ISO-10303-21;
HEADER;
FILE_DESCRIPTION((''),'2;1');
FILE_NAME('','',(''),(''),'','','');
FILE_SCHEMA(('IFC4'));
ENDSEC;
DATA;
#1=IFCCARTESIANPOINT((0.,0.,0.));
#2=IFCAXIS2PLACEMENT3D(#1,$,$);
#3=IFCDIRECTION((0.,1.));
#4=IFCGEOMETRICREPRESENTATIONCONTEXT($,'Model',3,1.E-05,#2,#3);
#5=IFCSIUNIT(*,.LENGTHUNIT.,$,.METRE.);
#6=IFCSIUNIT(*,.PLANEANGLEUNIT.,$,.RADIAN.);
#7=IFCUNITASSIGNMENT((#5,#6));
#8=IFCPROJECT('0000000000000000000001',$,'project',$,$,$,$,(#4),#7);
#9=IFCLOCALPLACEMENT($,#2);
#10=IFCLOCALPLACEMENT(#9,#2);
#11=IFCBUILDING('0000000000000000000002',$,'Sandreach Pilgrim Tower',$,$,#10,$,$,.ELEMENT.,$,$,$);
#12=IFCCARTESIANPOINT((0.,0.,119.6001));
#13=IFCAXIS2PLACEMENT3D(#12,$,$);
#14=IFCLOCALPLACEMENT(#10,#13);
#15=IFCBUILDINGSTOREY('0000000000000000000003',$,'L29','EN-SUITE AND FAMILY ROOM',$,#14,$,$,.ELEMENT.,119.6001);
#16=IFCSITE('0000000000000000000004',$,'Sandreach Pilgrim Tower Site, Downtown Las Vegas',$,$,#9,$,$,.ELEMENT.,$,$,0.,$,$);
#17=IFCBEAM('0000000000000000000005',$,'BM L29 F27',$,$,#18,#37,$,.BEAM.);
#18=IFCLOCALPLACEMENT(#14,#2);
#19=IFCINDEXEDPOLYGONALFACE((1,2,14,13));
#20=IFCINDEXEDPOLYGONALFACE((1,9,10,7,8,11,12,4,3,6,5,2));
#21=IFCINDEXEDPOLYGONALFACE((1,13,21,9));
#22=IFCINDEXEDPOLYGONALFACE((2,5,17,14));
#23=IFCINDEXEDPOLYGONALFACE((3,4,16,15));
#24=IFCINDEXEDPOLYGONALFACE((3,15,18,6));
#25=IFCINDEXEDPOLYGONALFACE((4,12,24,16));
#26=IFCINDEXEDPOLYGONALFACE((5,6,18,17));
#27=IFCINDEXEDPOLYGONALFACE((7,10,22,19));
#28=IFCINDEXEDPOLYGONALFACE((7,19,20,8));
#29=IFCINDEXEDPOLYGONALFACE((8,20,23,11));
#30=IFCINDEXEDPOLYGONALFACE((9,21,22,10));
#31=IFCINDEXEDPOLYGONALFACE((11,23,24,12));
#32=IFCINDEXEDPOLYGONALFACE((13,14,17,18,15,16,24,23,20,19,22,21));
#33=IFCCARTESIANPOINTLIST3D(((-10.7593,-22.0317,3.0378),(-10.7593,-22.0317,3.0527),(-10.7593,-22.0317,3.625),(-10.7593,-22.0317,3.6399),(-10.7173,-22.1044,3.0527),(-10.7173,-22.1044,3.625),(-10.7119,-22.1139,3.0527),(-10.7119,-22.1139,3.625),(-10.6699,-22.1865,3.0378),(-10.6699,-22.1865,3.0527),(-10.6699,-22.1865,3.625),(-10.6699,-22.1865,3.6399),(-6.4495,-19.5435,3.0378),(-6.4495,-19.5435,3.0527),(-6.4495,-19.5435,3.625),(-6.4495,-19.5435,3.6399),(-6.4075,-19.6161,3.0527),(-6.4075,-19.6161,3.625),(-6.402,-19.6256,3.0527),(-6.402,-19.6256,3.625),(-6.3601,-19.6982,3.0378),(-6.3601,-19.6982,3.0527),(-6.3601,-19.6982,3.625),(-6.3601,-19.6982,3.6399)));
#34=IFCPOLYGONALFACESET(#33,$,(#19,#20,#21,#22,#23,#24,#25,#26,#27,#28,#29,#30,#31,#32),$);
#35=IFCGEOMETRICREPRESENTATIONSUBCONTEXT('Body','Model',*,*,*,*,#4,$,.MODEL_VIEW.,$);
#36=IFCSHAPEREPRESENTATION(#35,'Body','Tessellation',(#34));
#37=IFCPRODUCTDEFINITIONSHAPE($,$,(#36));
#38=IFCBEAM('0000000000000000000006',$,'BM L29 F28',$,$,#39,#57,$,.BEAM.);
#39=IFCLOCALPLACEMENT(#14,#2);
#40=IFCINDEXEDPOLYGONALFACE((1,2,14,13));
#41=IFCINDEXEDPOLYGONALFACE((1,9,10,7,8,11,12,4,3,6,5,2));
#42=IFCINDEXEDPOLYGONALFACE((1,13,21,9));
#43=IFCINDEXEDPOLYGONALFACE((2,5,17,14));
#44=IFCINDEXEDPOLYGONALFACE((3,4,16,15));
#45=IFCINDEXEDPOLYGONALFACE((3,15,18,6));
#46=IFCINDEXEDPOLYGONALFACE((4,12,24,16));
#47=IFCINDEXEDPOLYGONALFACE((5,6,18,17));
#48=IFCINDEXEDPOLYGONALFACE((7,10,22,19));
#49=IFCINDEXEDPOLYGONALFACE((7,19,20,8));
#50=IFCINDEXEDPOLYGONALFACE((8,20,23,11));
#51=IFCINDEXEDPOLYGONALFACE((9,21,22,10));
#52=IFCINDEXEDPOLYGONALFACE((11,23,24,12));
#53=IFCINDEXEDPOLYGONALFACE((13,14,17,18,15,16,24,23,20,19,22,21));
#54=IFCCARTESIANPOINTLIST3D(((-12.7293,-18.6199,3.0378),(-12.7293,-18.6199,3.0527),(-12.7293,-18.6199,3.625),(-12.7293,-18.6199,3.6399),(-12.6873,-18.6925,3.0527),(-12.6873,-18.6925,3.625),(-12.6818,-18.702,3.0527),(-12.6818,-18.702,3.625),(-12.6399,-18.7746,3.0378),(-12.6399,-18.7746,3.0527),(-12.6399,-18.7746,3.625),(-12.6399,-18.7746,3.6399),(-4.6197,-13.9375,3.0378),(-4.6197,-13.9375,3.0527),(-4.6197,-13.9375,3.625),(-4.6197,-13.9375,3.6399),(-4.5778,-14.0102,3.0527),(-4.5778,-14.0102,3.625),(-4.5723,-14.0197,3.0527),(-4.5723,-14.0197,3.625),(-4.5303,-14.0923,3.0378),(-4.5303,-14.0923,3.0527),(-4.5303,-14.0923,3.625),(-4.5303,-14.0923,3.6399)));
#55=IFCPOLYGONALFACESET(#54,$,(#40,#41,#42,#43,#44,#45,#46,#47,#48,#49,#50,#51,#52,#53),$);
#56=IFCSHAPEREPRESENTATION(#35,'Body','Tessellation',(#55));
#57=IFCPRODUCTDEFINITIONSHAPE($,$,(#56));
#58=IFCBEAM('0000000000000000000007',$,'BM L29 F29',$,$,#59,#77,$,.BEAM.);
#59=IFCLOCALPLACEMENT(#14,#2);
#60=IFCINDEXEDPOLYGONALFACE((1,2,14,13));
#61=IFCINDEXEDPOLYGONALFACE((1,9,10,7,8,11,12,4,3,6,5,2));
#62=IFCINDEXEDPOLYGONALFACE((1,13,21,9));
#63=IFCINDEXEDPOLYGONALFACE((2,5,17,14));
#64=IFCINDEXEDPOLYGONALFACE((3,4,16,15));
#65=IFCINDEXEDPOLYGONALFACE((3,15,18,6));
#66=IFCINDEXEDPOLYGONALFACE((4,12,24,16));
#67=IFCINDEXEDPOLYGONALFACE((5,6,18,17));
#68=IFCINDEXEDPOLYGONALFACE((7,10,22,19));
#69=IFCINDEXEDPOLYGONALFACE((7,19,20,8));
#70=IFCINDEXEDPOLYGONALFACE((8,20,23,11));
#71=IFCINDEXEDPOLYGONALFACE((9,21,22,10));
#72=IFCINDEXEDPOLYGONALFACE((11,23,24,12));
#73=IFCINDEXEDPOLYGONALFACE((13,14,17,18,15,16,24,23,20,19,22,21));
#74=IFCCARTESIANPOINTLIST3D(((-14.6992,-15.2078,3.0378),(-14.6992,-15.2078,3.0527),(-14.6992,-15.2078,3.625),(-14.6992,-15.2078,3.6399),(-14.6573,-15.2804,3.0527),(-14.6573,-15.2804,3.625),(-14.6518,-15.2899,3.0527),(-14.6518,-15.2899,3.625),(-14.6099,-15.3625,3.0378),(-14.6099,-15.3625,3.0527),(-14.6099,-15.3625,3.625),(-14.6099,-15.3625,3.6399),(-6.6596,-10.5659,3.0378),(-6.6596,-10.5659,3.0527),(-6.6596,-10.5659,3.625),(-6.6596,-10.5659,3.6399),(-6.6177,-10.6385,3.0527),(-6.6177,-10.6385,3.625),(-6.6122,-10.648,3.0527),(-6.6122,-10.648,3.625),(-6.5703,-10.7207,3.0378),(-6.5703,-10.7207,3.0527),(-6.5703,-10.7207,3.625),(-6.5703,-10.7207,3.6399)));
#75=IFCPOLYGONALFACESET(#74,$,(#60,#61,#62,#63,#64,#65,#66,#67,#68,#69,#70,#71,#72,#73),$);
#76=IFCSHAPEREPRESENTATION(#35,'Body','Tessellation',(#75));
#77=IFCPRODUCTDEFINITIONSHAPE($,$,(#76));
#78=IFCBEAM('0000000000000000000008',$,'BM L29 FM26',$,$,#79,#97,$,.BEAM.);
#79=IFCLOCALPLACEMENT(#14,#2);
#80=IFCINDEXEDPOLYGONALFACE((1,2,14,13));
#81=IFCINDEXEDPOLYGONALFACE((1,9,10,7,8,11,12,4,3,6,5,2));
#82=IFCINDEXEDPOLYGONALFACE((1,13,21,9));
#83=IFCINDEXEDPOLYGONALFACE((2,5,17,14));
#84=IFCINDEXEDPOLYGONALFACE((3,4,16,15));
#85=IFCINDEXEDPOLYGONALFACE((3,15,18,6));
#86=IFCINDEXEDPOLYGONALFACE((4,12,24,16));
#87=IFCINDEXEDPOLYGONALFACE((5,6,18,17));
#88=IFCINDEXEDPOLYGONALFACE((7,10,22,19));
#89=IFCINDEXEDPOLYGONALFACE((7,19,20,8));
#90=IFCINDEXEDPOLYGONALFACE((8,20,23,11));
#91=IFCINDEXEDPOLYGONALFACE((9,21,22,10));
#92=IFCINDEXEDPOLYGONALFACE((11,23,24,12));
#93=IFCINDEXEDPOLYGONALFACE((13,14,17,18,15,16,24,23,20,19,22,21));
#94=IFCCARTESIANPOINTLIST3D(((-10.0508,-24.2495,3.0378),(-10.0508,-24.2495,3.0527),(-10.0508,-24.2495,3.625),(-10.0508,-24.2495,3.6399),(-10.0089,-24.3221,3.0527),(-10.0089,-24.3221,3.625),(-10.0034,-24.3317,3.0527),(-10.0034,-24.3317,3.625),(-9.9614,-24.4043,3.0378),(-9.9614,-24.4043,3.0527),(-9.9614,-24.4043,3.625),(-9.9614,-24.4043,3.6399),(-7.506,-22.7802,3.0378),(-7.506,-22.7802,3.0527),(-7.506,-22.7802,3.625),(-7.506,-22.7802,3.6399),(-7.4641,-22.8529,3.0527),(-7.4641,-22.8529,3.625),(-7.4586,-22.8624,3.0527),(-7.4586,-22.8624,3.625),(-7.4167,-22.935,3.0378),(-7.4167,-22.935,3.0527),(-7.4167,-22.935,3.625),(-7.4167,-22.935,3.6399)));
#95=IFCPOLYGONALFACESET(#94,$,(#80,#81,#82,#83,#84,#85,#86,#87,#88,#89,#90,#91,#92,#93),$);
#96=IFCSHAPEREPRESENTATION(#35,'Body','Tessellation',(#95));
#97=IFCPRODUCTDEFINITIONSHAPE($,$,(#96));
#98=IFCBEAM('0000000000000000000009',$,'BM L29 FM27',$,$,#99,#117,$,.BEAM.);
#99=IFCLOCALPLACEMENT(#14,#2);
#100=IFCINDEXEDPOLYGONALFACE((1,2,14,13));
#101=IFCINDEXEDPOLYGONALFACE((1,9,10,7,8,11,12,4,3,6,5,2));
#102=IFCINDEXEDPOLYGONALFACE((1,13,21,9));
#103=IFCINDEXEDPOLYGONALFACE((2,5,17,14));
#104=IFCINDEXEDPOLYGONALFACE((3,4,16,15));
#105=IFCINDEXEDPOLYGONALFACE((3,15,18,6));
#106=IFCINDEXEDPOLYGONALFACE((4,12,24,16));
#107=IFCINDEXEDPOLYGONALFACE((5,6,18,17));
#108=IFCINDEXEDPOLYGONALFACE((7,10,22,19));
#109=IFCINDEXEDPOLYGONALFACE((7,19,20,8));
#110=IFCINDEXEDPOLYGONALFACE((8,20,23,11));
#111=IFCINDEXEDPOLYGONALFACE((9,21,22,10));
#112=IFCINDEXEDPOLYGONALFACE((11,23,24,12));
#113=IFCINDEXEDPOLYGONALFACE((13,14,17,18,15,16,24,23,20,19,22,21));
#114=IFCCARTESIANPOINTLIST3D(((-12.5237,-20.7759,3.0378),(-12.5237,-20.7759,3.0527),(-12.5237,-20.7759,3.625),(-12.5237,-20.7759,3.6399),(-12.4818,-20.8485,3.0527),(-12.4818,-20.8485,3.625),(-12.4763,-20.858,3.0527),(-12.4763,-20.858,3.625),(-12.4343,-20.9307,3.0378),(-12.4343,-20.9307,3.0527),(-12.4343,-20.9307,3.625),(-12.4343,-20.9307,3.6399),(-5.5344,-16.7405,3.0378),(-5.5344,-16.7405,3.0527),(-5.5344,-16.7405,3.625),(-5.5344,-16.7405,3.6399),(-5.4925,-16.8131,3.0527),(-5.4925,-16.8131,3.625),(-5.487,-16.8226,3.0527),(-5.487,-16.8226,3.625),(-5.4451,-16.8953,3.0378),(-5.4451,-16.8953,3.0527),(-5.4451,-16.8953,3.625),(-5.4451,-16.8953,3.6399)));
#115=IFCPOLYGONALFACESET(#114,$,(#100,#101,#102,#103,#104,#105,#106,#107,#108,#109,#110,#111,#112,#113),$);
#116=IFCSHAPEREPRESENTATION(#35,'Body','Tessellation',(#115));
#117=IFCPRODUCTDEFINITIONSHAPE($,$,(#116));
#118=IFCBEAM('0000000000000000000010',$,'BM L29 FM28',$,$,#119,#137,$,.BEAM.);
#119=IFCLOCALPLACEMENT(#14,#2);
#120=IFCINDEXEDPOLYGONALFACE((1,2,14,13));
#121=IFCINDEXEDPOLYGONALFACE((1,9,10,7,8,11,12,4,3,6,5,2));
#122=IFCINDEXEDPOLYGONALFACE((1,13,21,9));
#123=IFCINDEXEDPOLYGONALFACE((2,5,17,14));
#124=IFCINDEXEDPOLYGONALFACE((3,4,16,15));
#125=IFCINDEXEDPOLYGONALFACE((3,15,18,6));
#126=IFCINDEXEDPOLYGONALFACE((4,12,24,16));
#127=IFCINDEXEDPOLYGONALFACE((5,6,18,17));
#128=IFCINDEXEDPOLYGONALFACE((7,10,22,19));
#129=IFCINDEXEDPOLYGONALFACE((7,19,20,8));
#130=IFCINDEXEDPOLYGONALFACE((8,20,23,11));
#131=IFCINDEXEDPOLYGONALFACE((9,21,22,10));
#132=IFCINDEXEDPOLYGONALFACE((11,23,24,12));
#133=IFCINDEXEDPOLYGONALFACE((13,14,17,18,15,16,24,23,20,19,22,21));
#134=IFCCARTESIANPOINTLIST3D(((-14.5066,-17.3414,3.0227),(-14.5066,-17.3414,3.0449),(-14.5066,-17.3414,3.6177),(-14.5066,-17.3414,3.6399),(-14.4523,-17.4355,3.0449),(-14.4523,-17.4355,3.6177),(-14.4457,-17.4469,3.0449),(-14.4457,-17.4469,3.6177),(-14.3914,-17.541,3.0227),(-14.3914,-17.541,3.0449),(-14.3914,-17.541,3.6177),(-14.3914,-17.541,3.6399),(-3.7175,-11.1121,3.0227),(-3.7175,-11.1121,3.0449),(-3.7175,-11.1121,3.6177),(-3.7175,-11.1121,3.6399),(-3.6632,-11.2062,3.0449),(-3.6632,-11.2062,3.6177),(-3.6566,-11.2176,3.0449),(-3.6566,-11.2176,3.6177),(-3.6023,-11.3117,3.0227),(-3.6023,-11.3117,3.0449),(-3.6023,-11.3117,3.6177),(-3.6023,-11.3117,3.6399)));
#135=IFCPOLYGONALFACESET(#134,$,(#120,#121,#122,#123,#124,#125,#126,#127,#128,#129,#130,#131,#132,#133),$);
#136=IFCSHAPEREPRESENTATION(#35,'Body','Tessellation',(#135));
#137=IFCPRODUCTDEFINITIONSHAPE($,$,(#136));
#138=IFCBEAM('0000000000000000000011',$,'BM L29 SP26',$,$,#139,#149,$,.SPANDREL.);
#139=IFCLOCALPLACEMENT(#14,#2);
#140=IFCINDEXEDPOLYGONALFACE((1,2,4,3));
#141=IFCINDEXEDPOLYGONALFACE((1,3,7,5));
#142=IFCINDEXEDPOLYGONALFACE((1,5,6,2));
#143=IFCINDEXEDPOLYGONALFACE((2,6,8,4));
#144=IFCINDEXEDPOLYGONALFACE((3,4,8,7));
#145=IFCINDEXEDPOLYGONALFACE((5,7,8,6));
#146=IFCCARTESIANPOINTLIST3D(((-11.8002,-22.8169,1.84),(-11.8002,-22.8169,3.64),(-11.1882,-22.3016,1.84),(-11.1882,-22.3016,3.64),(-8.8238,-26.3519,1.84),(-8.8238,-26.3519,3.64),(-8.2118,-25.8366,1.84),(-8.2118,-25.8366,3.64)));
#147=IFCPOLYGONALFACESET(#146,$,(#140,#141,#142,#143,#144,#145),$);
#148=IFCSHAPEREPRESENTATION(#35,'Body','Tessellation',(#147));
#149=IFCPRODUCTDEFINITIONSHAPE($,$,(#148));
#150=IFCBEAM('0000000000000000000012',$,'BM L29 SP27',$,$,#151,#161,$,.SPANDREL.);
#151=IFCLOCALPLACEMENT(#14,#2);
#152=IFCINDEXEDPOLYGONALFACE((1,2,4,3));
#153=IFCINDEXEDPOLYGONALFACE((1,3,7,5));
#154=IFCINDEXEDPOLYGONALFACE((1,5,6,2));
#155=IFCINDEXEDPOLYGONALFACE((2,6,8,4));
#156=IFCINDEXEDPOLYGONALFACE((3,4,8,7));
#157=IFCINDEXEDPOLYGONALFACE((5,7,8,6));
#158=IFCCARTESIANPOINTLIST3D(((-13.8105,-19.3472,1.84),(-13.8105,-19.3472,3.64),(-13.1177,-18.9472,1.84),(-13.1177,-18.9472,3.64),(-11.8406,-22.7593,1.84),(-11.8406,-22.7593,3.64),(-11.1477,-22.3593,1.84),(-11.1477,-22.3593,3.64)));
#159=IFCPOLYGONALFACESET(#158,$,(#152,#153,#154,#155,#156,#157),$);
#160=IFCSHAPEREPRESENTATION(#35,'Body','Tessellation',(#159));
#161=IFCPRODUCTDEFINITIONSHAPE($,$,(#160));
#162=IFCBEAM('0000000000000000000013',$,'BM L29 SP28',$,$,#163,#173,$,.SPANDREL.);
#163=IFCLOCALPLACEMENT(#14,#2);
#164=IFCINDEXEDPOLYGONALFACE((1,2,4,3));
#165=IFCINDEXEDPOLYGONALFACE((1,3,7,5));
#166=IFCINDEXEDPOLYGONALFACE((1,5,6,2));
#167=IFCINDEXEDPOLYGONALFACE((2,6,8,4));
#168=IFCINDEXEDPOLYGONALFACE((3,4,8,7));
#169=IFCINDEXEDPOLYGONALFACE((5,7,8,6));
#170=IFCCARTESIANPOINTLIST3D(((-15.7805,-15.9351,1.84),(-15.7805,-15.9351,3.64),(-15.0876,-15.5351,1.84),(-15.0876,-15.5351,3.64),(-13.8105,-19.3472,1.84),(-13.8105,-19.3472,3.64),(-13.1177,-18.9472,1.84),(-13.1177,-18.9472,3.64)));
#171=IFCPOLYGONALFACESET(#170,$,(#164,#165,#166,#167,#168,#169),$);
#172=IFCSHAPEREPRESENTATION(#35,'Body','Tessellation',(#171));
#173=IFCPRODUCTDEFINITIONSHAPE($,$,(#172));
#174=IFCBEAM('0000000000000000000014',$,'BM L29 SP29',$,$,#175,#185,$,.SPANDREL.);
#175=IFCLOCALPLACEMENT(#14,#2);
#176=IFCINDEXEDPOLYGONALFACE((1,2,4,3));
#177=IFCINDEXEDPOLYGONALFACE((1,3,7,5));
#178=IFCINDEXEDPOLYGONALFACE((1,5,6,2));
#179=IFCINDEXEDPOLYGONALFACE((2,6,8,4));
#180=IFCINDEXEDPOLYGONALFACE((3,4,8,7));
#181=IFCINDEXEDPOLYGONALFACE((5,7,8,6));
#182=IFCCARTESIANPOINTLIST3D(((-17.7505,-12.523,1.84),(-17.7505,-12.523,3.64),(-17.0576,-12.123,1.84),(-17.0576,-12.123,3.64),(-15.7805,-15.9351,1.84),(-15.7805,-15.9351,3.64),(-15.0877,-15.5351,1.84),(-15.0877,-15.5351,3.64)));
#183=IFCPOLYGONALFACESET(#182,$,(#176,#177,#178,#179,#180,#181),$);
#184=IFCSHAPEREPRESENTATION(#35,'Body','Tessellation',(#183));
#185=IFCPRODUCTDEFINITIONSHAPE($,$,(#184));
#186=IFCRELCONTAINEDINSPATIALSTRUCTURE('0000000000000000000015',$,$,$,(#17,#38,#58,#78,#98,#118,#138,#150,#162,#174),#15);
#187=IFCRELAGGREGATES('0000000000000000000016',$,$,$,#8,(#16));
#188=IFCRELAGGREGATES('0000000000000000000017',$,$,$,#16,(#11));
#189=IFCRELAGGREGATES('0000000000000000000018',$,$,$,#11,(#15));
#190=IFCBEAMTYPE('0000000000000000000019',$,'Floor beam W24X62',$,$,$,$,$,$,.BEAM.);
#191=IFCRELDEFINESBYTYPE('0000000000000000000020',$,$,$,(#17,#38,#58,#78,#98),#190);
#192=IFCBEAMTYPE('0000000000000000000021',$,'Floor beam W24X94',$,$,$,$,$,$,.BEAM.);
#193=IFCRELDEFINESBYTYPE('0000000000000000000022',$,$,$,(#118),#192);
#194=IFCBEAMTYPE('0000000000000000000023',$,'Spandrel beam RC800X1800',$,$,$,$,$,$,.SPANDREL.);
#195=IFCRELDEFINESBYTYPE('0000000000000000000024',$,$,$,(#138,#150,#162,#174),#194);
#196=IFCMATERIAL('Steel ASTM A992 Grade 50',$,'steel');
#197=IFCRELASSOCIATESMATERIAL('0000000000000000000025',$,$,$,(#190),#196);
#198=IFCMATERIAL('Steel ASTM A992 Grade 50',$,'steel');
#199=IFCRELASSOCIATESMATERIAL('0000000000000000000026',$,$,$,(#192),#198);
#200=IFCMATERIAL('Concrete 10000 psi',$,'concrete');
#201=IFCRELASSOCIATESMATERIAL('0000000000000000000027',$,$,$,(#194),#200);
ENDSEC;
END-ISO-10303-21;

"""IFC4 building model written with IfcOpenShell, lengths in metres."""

from ifc_helpers import new_model, si_unit, direction, frame, origin, origin_2d, place, context, subcontext, project, spatial, rectangle, i_section, extrude, material, material_profile, profile_set, type_object, element, save


model = new_model("IFC4")

# Units and contexts
model_context = context("Model", 3, precision=1e-05, world=origin(), true_north=direction((0.0, 1.0)))
body_context = subcontext(model_context, "Body", "Model", "MODEL_VIEW")
ifc_project = project(units=[si_unit("LENGTHUNIT", "METRE"), si_unit("PLANEANGLEUNIT", "RADIAN")], contexts=[model_context])

# Site, building, storey
site_placement = place(None, origin())
site = spatial("IfcSite", under=ifc_project, at=site_placement, Name="Sandreach Pilgrim Tower Site, Downtown Las Vegas", CompositionType="ELEMENT", RefElevation=0.0)
building_placement = place(site_placement, origin())
building = spatial("IfcBuilding", under=site, at=building_placement, Name="Sandreach Pilgrim Tower", CompositionType="ELEMENT")
storey_placement = place(building_placement, frame((0.0, 0.0, 119.6001)))
storey = spatial("IfcBuildingStorey", under=building, at=storey_placement, Name="L29", Description="EN-SUITE AND FAMILY ROOM", CompositionType="ELEMENT", Elevation=119.6001)

# Beams
ifc_material_1 = material(Name="Steel ASTM A992 Grade 50", Category="steel")
ifc_material_profile_1 = material_profile(ifc_material_1, i_section(OverallWidth=0.1787, OverallDepth=0.6021, WebThickness=0.011, FlangeThickness=0.0149, at=origin_2d()), Name="W24X62")
ifc_profile_set_1 = profile_set([ifc_material_profile_1], Name="Steel ASTM A992 Grade 50")
beam_type_1 = type_object("IfcBeamType", Name="Floor beam W24X62", PredefinedType="BEAM", material=ifc_profile_set_1)
beam_1_placement = place(storey_placement, frame((-10.7146, -22.1091, 3.3389), z_axis=(0.866025, 0.500001, 0.0), x_axis=(-0.500001, 0.866025, 0.0)))
element("IfcBeam", 1, at=beam_1_placement, inside=storey, type_object=beam_type_1, Name="BM L29 F27", PredefinedType="BEAM", context=body_context, shape_type="SweptSolid", body=[
    extrude(i_section(OverallWidth=0.1787, OverallDepth=0.6021, WebThickness=0.011, FlangeThickness=0.0149, at=origin_2d()), origin(), (0.0, 0.0, 1.0), 4.9766),
])
beam_2_placement = place(storey_placement, frame((-12.6846, -18.6973, 3.3389), z_axis=(0.866012, 0.500023, 0.0), x_axis=(-0.500023, 0.866012, 0.0)))
element("IfcBeam", 2, at=beam_2_placement, inside=storey, type_object=beam_type_1, Name="BM L29 F28", PredefinedType="BEAM", context=body_context, shape_type="SweptSolid", body=[
    extrude(i_section(OverallWidth=0.1787, OverallDepth=0.6021, WebThickness=0.011, FlangeThickness=0.0149, at=origin_2d()), origin(), (0.0, 0.0, 1.0), 9.3643),
])
beam_3_placement = place(storey_placement, frame((-14.6545, -15.2852, 3.3389), z_axis=(0.866016, 0.500017, 0.0), x_axis=(-0.500017, 0.866016, 0.0)))
element("IfcBeam", 3, at=beam_3_placement, inside=storey, type_object=beam_type_1, Name="BM L29 F29", PredefinedType="BEAM", context=body_context, shape_type="SweptSolid", body=[
    extrude(i_section(OverallWidth=0.1787, OverallDepth=0.6021, WebThickness=0.011, FlangeThickness=0.0149, at=origin_2d()), origin(), (0.0, 0.0, 1.0), 9.2834),
])
beam_4_placement = place(storey_placement, frame((-10.0061, -24.3269, 3.3389), z_axis=(0.866015, 0.500017, 0.0), x_axis=(-0.500017, 0.866015, 0.0)))
element("IfcBeam", 4, at=beam_4_placement, inside=storey, type_object=beam_type_1, Name="BM L29 FM26", PredefinedType="BEAM", context=body_context, shape_type="SweptSolid", body=[
    extrude(i_section(OverallWidth=0.1787, OverallDepth=0.6021, WebThickness=0.011, FlangeThickness=0.0149, at=origin_2d()), origin(), (0.0, 0.0, 1.0), 2.9385),
])
beam_5_placement = place(storey_placement, frame((-12.479, -20.8533, 3.3389), z_axis=(0.866017, 0.500014, 0.0), x_axis=(-0.500014, 0.866017, 0.0)))
element("IfcBeam", 5, at=beam_5_placement, inside=storey, type_object=beam_type_1, Name="BM L29 FM27", PredefinedType="BEAM", context=body_context, shape_type="SweptSolid", body=[
    extrude(i_section(OverallWidth=0.1787, OverallDepth=0.6021, WebThickness=0.011, FlangeThickness=0.0149, at=origin_2d()), origin(), (0.0, 0.0, 1.0), 8.0706),
])
ifc_material_2 = material(Name="Steel ASTM A992 Grade 50", Category="steel")
ifc_material_profile_2 = material_profile(ifc_material_2, i_section(OverallWidth=0.2305, OverallDepth=0.6172, WebThickness=0.0132, FlangeThickness=0.0222, at=origin_2d()), Name="W24X94")
ifc_profile_set_2 = profile_set([ifc_material_profile_2], Name="Steel ASTM A992 Grade 50")
beam_type_2 = type_object("IfcBeamType", Name="Floor beam W24X94", PredefinedType="BEAM", material=ifc_profile_set_2)
beam_6_placement = place(storey_placement, frame((-14.449, -17.4412, 3.3313), z_axis=(0.866019, 0.500011, 0.0), x_axis=(-0.500011, 0.866019, 0.0)))
element("IfcBeam", 6, at=beam_6_placement, inside=storey, type_object=beam_type_2, Name="BM L29 FM28", PredefinedType="BEAM", context=body_context, shape_type="SweptSolid", body=[
    extrude(i_section(OverallWidth=0.2305, OverallDepth=0.6172, WebThickness=0.0132, FlangeThickness=0.0222, at=origin_2d()), origin(), (0.0, 0.0, 1.0), 12.4583),
])
ifc_material_3 = material(Name="Concrete 10000 psi", Category="concrete")
ifc_material_profile_3 = material_profile(ifc_material_3, rectangle(XDim=0.8, YDim=1.8, at=origin_2d()), Name="RC800X1800")
ifc_profile_set_3 = profile_set([ifc_material_profile_3], Name="Concrete 10000 psi")
beam_type_3 = type_object("IfcBeamType", Name="Spandrel beam RC800X1800", PredefinedType="SPANDREL", material=ifc_profile_set_3)
beam_7_placement = place(storey_placement, frame((-8.5178, -26.0942, 2.74), z_axis=(-0.644079, 0.764959, 0.0), x_axis=(-0.764959, -0.644079, 0.0)))
element("IfcBeam", 7, at=beam_7_placement, inside=storey, type_object=beam_type_3, Name="BM L29 SP26", PredefinedType="SPANDREL", context=body_context, shape_type="SweptSolid", body=[
    extrude(rectangle(XDim=0.8, YDim=1.8, at=origin_2d()), origin(), (0.0, 0.0, 1.0), 4.6211),
])
for number, where, z_axis, x_axis, name in (
    (8, (-11.4941, -22.5593, 2.74), (-0.499998, 0.866027, 0.0), (-0.866027, -0.499998, 0.0), "BM L29 SP27"),
    (9, (-13.4641, -19.1472, 2.74), (-0.499998, 0.866027, 0.0), (-0.866027, -0.499998, 0.0), "BM L29 SP28"),
    (10, (-15.4341, -15.7351, 2.74), (-0.499998, 0.866027, 0.0), (-0.866027, -0.499998, 0.0), "BM L29 SP29"),
):
    element("IfcBeam", number, at=place(storey_placement, frame(where, z_axis=z_axis, x_axis=x_axis)), inside=storey, type_object=beam_type_3, Name=name, PredefinedType="SPANDREL", context=body_context, shape_type="SweptSolid", body=[
        extrude(rectangle(XDim=0.8, YDim=1.8, at=origin_2d()), origin(), (0.0, 0.0, 1.0), 3.9399),
    ])

save(model, "model.ifc")
